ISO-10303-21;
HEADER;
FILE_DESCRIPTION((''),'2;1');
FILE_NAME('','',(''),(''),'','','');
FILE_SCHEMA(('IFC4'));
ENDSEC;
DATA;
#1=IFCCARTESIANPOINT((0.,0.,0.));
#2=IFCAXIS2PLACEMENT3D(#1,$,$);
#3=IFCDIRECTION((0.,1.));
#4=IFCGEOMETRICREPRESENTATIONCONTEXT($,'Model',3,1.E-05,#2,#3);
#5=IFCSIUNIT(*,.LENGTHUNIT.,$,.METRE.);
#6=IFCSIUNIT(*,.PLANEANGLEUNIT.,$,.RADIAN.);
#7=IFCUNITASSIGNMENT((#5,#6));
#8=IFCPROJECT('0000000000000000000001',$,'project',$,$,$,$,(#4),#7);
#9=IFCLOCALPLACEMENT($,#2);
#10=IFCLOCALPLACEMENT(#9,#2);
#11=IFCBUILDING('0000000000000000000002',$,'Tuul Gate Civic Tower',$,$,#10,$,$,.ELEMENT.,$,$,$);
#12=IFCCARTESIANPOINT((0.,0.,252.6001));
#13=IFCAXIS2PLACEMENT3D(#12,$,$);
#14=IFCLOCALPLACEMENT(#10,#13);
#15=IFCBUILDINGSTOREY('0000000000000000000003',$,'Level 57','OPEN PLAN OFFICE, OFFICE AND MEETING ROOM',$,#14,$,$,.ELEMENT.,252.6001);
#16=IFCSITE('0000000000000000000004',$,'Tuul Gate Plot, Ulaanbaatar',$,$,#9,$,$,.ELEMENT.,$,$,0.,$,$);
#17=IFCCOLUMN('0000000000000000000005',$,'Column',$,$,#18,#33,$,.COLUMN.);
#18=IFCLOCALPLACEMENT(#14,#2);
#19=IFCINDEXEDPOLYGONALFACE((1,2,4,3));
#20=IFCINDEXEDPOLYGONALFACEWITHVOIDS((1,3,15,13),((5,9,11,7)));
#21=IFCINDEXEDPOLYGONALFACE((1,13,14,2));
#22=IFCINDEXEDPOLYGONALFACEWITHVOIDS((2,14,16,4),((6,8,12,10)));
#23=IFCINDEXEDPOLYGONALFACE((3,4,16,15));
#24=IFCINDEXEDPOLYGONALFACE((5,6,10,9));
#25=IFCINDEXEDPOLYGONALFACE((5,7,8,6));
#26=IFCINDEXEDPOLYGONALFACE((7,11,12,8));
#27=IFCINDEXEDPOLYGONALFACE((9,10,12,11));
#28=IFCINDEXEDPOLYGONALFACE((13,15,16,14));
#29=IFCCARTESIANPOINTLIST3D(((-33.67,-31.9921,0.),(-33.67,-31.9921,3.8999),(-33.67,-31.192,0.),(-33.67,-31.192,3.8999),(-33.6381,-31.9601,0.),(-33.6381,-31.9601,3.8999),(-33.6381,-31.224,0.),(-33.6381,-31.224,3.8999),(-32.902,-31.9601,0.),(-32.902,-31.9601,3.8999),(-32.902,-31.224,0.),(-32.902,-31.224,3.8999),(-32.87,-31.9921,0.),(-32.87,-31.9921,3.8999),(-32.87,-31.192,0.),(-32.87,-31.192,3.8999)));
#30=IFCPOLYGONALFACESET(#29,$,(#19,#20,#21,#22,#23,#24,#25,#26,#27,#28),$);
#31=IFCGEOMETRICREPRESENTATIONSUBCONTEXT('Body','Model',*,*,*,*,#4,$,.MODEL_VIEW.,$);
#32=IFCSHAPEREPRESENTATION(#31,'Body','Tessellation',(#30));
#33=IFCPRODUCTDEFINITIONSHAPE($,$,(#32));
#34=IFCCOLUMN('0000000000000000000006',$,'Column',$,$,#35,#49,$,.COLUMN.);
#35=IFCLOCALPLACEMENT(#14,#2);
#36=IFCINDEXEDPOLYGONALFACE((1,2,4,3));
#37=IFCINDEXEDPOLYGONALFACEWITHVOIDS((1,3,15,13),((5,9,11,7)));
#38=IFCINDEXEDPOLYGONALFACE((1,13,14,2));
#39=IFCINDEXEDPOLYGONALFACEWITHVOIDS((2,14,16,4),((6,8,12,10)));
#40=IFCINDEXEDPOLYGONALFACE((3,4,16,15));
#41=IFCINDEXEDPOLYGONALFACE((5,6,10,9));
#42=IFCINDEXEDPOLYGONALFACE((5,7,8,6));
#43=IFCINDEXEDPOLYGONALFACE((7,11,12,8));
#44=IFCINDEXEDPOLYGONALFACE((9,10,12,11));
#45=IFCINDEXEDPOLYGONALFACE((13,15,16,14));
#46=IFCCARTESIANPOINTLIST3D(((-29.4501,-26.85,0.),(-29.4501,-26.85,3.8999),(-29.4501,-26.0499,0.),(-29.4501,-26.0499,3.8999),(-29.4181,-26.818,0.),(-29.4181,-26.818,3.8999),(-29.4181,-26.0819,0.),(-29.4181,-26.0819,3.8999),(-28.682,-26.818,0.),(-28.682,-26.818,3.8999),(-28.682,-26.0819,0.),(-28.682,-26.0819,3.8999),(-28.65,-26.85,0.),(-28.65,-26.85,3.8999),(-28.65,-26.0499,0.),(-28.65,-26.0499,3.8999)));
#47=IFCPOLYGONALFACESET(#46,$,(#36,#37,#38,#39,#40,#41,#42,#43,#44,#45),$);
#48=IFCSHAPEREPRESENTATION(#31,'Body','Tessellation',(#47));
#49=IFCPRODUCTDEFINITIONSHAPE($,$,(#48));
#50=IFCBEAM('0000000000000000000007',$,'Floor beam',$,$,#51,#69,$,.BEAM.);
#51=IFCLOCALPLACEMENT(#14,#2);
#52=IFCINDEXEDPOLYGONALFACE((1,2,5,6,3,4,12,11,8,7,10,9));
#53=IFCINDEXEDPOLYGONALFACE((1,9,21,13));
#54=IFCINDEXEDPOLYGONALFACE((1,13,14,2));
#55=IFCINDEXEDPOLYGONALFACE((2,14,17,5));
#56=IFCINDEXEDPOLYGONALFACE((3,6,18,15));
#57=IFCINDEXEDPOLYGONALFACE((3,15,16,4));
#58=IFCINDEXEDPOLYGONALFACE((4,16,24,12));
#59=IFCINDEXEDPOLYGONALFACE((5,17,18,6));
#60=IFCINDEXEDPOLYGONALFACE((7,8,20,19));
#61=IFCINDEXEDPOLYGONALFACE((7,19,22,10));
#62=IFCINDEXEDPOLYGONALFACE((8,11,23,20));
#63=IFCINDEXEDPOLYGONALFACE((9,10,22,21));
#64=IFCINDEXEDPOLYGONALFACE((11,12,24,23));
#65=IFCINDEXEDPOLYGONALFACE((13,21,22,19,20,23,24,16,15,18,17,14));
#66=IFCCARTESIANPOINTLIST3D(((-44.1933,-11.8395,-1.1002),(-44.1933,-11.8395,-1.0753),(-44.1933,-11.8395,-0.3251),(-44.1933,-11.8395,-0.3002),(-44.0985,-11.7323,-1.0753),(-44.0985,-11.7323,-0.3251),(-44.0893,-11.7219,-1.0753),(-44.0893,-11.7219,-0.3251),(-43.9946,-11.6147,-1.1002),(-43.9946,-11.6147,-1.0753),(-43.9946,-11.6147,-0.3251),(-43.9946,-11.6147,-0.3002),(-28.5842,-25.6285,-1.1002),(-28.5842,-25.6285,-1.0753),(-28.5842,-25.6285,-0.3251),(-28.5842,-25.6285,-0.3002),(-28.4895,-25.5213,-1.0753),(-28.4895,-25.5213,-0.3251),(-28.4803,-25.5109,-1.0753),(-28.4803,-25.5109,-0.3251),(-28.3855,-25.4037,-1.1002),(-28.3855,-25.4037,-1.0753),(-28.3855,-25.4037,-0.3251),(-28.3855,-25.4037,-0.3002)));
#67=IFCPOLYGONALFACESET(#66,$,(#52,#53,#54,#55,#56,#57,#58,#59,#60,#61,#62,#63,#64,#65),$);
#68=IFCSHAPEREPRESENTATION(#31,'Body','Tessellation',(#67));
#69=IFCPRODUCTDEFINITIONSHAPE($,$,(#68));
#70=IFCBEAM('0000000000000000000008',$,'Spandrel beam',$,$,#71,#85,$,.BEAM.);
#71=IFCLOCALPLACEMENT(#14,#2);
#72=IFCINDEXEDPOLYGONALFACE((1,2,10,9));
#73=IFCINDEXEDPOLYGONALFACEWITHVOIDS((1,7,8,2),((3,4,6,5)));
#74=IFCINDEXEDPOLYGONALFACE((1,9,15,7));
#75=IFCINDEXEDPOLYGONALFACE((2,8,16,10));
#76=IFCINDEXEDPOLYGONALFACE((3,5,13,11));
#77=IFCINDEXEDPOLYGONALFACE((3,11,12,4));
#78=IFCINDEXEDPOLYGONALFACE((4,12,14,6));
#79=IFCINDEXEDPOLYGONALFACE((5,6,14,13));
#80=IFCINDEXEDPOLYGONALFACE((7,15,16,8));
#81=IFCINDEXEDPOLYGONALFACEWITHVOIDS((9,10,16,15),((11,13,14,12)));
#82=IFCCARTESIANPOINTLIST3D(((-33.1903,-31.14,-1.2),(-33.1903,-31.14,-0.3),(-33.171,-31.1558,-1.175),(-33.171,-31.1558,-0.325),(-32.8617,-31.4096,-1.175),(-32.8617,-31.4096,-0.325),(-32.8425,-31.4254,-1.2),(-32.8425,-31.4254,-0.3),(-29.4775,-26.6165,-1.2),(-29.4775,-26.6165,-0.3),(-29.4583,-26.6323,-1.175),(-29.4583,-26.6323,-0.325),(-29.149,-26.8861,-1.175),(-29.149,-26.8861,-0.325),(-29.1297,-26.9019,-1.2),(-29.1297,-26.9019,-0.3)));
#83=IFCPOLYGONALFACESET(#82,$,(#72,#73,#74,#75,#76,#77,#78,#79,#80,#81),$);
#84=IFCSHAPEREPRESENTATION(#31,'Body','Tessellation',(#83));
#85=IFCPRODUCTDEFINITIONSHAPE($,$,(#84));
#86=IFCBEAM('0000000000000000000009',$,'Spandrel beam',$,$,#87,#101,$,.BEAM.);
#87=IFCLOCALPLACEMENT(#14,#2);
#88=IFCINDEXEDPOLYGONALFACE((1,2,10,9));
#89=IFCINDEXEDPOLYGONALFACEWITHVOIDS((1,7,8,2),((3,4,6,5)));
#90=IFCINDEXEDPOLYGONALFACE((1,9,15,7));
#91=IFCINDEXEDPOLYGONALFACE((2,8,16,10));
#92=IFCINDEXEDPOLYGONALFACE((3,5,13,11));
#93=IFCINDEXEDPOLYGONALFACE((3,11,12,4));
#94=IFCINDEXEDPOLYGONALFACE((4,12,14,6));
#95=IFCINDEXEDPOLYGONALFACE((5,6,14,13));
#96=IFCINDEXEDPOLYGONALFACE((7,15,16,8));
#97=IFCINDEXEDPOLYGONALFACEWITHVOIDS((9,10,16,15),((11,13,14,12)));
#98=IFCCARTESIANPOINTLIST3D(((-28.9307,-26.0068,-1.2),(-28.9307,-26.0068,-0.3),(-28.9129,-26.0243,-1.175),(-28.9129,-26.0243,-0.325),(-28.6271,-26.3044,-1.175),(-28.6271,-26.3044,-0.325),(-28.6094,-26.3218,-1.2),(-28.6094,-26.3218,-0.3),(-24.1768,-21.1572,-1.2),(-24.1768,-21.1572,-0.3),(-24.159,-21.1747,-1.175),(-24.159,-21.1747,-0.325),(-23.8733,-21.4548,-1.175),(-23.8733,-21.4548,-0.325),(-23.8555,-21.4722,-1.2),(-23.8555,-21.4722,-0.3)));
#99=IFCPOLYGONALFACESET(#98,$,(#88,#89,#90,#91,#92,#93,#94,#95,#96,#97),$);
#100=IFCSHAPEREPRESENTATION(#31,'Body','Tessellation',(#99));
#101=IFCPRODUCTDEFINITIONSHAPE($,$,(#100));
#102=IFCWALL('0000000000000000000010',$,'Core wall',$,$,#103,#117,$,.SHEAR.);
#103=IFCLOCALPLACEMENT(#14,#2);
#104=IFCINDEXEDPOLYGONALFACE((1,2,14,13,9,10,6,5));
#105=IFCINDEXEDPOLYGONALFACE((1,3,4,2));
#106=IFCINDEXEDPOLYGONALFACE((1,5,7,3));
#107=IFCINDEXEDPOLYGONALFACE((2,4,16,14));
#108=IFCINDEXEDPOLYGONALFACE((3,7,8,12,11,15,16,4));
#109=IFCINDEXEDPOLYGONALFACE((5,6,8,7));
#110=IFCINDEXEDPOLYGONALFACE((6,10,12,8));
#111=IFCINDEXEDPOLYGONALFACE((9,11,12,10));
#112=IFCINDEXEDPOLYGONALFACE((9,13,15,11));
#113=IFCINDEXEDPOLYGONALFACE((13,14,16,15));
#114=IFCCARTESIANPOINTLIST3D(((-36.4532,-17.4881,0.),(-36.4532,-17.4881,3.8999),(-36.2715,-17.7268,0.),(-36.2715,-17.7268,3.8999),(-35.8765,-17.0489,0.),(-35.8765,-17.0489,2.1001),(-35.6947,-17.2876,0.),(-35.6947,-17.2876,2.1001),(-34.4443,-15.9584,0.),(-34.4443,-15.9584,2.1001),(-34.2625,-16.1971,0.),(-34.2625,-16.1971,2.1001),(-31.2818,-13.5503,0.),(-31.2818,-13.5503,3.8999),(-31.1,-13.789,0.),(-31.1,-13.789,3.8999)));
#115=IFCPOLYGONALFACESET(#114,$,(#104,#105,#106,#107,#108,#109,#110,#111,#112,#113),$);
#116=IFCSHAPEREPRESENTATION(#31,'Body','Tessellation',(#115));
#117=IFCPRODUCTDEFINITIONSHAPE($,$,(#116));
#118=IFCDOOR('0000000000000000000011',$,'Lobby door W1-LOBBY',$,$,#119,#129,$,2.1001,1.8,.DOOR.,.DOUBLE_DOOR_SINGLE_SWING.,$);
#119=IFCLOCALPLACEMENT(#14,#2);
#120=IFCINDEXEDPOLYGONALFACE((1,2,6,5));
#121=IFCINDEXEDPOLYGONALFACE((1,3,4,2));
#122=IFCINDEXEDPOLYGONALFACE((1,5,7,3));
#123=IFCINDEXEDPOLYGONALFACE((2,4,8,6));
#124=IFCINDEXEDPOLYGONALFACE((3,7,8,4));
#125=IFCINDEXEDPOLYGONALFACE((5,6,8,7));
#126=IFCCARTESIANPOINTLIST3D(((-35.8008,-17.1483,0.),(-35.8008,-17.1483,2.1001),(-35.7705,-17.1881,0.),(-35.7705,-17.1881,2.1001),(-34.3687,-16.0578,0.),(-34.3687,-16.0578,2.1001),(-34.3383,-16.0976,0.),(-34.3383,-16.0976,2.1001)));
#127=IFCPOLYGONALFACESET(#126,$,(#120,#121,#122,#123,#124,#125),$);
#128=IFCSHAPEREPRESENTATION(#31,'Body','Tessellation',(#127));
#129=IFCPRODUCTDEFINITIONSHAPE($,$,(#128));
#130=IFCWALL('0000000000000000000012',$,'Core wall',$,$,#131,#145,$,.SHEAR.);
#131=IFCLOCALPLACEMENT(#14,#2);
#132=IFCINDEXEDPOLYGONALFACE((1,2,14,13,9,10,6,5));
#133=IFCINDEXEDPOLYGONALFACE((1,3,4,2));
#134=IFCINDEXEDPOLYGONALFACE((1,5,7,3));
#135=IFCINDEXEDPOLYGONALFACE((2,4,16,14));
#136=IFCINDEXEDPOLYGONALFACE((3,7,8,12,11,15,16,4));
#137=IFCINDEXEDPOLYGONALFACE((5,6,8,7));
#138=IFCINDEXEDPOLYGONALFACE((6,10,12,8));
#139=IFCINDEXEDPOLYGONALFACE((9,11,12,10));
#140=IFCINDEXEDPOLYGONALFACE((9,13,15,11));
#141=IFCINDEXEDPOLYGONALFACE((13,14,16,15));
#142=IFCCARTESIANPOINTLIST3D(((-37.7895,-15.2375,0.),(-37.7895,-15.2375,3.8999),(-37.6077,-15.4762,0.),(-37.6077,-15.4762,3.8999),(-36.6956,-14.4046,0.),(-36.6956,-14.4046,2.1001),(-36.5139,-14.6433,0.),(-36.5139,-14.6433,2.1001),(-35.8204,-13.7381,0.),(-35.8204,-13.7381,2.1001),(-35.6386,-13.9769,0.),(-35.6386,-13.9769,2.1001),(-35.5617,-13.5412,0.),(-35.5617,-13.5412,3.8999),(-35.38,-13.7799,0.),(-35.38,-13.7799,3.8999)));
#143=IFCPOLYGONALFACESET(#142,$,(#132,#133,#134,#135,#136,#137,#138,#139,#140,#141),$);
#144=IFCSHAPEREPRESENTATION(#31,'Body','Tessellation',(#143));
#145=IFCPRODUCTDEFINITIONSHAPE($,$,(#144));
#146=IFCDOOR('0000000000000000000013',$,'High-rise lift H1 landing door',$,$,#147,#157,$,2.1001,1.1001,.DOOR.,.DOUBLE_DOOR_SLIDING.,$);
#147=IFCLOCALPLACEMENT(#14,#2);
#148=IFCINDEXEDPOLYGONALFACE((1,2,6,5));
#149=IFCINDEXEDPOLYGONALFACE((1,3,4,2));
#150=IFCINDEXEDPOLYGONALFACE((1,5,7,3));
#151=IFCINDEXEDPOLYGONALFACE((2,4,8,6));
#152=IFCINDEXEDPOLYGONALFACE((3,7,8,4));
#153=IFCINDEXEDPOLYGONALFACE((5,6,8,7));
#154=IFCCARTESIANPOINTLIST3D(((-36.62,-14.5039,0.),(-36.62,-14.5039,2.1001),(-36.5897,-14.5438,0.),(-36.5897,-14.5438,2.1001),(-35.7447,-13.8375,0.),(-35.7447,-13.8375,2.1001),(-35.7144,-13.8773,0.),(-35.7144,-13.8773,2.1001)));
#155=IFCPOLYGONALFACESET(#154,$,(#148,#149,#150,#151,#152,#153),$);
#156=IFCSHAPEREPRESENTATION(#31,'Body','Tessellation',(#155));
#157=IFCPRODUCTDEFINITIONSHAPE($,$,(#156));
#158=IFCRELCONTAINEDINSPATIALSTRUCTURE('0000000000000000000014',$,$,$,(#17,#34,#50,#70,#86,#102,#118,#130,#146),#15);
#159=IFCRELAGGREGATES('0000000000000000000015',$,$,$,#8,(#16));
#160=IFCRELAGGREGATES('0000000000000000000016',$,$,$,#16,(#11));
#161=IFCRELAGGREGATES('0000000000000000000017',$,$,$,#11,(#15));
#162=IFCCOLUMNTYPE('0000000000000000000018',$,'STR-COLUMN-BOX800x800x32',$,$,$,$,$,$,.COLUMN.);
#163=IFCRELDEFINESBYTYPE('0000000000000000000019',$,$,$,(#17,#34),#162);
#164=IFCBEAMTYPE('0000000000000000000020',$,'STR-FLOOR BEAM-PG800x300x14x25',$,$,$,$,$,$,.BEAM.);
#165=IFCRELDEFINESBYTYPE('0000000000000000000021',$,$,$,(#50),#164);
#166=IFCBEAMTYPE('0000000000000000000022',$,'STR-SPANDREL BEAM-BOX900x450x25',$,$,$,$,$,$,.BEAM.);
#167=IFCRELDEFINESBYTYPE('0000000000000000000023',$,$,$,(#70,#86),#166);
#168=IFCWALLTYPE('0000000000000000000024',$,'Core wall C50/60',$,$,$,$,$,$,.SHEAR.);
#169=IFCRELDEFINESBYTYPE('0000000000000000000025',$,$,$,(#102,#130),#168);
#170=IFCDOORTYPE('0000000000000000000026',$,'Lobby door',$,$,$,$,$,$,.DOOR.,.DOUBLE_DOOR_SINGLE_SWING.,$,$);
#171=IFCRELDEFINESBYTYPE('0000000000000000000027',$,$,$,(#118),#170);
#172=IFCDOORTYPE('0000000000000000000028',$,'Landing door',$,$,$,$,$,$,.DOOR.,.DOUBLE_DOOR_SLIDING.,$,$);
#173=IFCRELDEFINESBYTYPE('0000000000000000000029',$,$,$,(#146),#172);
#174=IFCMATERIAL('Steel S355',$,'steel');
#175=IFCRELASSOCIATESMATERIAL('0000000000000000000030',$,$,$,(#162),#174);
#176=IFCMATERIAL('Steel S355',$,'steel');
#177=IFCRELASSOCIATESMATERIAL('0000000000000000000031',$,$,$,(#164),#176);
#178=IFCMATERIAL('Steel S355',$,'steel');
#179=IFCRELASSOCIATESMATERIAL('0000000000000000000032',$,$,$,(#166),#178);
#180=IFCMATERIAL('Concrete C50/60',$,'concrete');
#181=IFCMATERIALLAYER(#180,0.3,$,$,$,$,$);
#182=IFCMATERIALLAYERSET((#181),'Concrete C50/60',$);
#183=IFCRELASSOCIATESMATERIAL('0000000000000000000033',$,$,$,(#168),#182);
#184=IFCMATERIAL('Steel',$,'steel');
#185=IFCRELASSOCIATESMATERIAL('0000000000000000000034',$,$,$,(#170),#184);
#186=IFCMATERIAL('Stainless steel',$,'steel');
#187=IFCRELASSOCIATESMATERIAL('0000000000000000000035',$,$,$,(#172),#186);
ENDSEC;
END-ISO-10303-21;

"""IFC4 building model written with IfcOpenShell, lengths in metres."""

from ifc_helpers import new_model, si_unit, direction, frame, frame_2d, origin, origin_2d, place, context, subcontext, project, spatial, rectangle, hollow_rectangle, i_section, extrude, material, layer, layer_set, material_profile, profile_set, type_object, element, fill, save


model = new_model("IFC4")

# Units and contexts
model_context = context("Model", 3, precision=1e-05, world=origin(), true_north=direction((0.0, 1.0)))
body_context = subcontext(model_context, "Body", "Model", "MODEL_VIEW")
ifc_project = project(units=[si_unit("LENGTHUNIT", "METRE"), si_unit("PLANEANGLEUNIT", "RADIAN")], contexts=[model_context])

# Site, building, storey
site_placement = place(None, origin())
site = spatial("IfcSite", under=ifc_project, at=site_placement, Name="Tuul Gate Plot, Ulaanbaatar", CompositionType="ELEMENT", RefElevation=0.0)
building_placement = place(site_placement, origin())
building = spatial("IfcBuilding", under=site, at=building_placement, Name="Tuul Gate Civic Tower", CompositionType="ELEMENT")
storey_placement = place(building_placement, frame((0.0, 0.0, 252.6001)))
storey = spatial("IfcBuildingStorey", under=building, at=storey_placement, Name="Level 57", Description="OPEN PLAN OFFICE, OFFICE AND MEETING ROOM", CompositionType="ELEMENT", Elevation=252.6001)

# Columns
ifc_material_1 = material(Name="Steel S355", Category="steel")
ifc_material_profile_1 = material_profile(ifc_material_1, hollow_rectangle(XDim=0.8, YDim=0.8, WallThickness=0.032, at=origin_2d()), Name="BOX800x800x32")
ifc_profile_set_1 = profile_set([ifc_material_profile_1], Name="Steel S355")
column_type = type_object("IfcColumnType", Name="STR-COLUMN-BOX800x800x32", PredefinedType="COLUMN", material=ifc_profile_set_1)
for number, where, z_axis, x_axis, name in (
    (1, (-33.27, -31.592, 0.0), (0.0, 0.0, 1.0), (1.0, 0.0, 0.0), "Column"),
    (2, (-29.05, -26.45, 0.0), (0.0, 0.0, 1.0), (1.0, 0.0, 0.0), "Column"),
):
    element("IfcColumn", number, at=place(storey_placement, frame(where, z_axis=z_axis, x_axis=x_axis)), inside=storey, type_object=column_type, Name=name, PredefinedType="COLUMN", context=body_context, shape_type="SweptSolid", body=[
        extrude(hollow_rectangle(XDim=0.8, YDim=0.8, WallThickness=0.032, at=origin_2d()), origin(), (0.0, 0.0, 1.0), 3.8999),
    ])

# Beams
ifc_material_2 = material(Name="Steel S355", Category="steel")
ifc_material_profile_2 = material_profile(ifc_material_2, i_section(OverallWidth=0.3, OverallDepth=0.8, WebThickness=0.0139, FlangeThickness=0.0249, at=origin_2d()), Name="PG800x300x14x25")
ifc_profile_set_2 = profile_set([ifc_material_profile_2], Name="Steel S355")
beam_type_1 = type_object("IfcBeamType", Name="STR-FLOOR BEAM-PG800x300x14x25", PredefinedType="BEAM", material=ifc_profile_set_2)
beam_1_placement = place(storey_placement, frame((-28.4849, -25.5161, -0.7002), z_axis=(-0.749449, 0.662062, 0.0), x_axis=(-0.662062, -0.749449, 0.0)))
element("IfcBeam", 3, at=beam_1_placement, inside=storey, type_object=beam_type_1, Name="Floor beam", PredefinedType="BEAM", context=body_context, shape_type="SweptSolid", body=[
    extrude(i_section(OverallWidth=0.3, OverallDepth=0.8, WebThickness=0.0139, FlangeThickness=0.0249, at=origin_2d()), origin(), (0.0, 0.0, 1.0), 20.8274),
])
ifc_material_3 = material(Name="Steel S355", Category="steel")
ifc_material_profile_3 = material_profile(ifc_material_3, hollow_rectangle(XDim=0.45, YDim=0.8999, WallThickness=0.0249, at=origin_2d()), Name="BOX900x450x25")
ifc_profile_set_3 = profile_set([ifc_material_profile_3], Name="Steel S355")
beam_type_2 = type_object("IfcBeamType", Name="STR-SPANDREL BEAM-BOX900x450x25", PredefinedType="BEAM", material=ifc_profile_set_3)
beam_2_placement = place(storey_placement, frame((-33.0164, -31.2827, -0.75), z_axis=(0.63443, 0.772981, 0.0), x_axis=(-0.772981, 0.63443, 0.0)))
element("IfcBeam", 4, at=beam_2_placement, inside=storey, type_object=beam_type_2, Name="Spandrel beam", PredefinedType="BEAM", context=body_context, shape_type="SweptSolid", body=[
    extrude(hollow_rectangle(XDim=0.45, YDim=0.8999, WallThickness=0.0249, at=origin_2d()), origin(), (0.0, 0.0, 1.0), 5.8521),
])
beam_3_placement = place(storey_placement, frame((-28.77, -26.1643, -0.75), z_axis=(0.700025, 0.714118, 0.0), x_axis=(-0.714118, 0.700025, 0.0)))
element("IfcBeam", 5, at=beam_3_placement, inside=storey, type_object=beam_type_2, Name="Spandrel beam", PredefinedType="BEAM", context=body_context, shape_type="SweptSolid", body=[
    extrude(hollow_rectangle(XDim=0.45, YDim=0.8999, WallThickness=0.0249, at=origin_2d()), origin(), (0.0, 0.0, 1.0), 6.791),
])

# Walls, openings, doors
ifc_material_4 = material(Name="Concrete C50/60", Category="concrete")
ifc_layer_1 = layer(ifc_material_4, 0.3)
ifc_layer_set_1 = layer_set([ifc_layer_1], Name="Concrete C50/60")
wall_type_1 = type_object("IfcWallType", Name="Core wall C50/60", PredefinedType="SHEAR", material=ifc_layer_set_1)
wall_1_placement = place(storey_placement, frame((-31.1909, -13.6697, 0.0), z_axis=(0.0, 0.0, 1.0), x_axis=(-0.795607, -0.605813, 0.0)))
wall_1 = element("IfcWall", 6, at=wall_1_placement, inside=storey, type_object=wall_type_1, Name="Core wall", PredefinedType="SHEAR", context=body_context, shape_type="SweptSolid", body=[
    extrude(rectangle(XDim=6.5, YDim=0.3, at=frame_2d((3.25, 0.0))), origin(), (0.0, 0.0, 1.0), 3.8999),
])
opening_1_placement = place(wall_1_placement, frame((3.9751, 0.0, 0.0)))
opening_1 = element("IfcOpeningElement", 7, at=opening_1_placement, cuts=wall_1, PredefinedType="OPENING", context=body_context, shape_type="SweptSolid", body=[
    extrude(rectangle(XDim=1.8, YDim=2.1001, at=frame_2d((0.8999, 1.05))), frame((0.0, 0.1602, 0.0), z_axis=(0.0, -1.0, 0.0), x_axis=(1.0, 0.0, 0.0)), (0.0, 0.0, 1.0), 0.3201),
])
ifc_material_5 = material(Name="Steel", Category="steel")
door_type_1 = type_object("IfcDoorType", Name="Lobby door", OperationType="DOUBLE_DOOR_SINGLE_SWING", PredefinedType="DOOR", material=ifc_material_5)
door_1_placement = place(opening_1_placement, origin())
door_1 = element("IfcDoor", 8, at=door_1_placement, inside=storey, type_object=door_type_1, Name="Lobby door W1-LOBBY", OperationType="DOUBLE_DOOR_SINGLE_SWING", OverallHeight=2.1001, OverallWidth=1.8, PredefinedType="DOOR", context=body_context, shape_type="SweptSolid", body=[
    extrude(rectangle(XDim=1.8, YDim=2.1001, at=frame_2d((0.8999, 1.05))), frame((0.0, 0.0249, 0.0), z_axis=(0.0, -1.0, 0.0), x_axis=(1.0, 0.0, 0.0)), (0.0, 0.0, 1.0), 0.05),
])
fill(opening_1, door_1)
wall_2_placement = place(storey_placement, frame((-35.4709, -13.6606, 0.0), z_axis=(0.0, 0.0, 1.0), x_axis=(-0.795616, -0.605802, 0.0)))
wall_2 = element("IfcWall", 9, at=wall_2_placement, inside=storey, type_object=wall_type_1, Name="Core wall", PredefinedType="SHEAR", context=body_context, shape_type="SweptSolid", body=[
    extrude(rectangle(XDim=2.8, YDim=0.3, at=frame_2d((1.3999, 0.0))), origin(), (0.0, 0.0, 1.0), 3.8999),
])
opening_2_placement = place(wall_2_placement, frame((0.325, 0.0, 0.0)))
opening_2 = element("IfcOpeningElement", 10, at=opening_2_placement, cuts=wall_2, PredefinedType="OPENING", context=body_context, shape_type="SweptSolid", body=[
    extrude(rectangle(XDim=1.1001, YDim=2.1001, at=frame_2d((0.55, 1.05))), frame((0.0, 0.1602, 0.0), z_axis=(0.0, -1.0, 0.0), x_axis=(1.0, 0.0, 0.0)), (0.0, 0.0, 1.0), 0.3201),
])
ifc_material_6 = material(Name="Stainless steel", Category="steel")
door_type_2 = type_object("IfcDoorType", Name="Landing door", OperationType="DOUBLE_DOOR_SLIDING", PredefinedType="DOOR", material=ifc_material_6)
door_2_placement = place(opening_2_placement, origin())
door_2 = element("IfcDoor", 11, at=door_2_placement, inside=storey, type_object=door_type_2, Name="High-rise lift H1 landing door", OperationType="DOUBLE_DOOR_SLIDING", OverallHeight=2.1001, OverallWidth=1.1001, PredefinedType="DOOR", context=body_context, shape_type="SweptSolid", body=[
    extrude(rectangle(XDim=1.1001, YDim=2.1001, at=frame_2d((0.55, 1.05))), frame((0.0, 0.0249, 0.0), z_axis=(0.0, -1.0, 0.0), x_axis=(1.0, 0.0, 0.0)), (0.0, 0.0, 1.0), 0.05),
])
fill(opening_2, door_2)

save(model, "model.ifc")
